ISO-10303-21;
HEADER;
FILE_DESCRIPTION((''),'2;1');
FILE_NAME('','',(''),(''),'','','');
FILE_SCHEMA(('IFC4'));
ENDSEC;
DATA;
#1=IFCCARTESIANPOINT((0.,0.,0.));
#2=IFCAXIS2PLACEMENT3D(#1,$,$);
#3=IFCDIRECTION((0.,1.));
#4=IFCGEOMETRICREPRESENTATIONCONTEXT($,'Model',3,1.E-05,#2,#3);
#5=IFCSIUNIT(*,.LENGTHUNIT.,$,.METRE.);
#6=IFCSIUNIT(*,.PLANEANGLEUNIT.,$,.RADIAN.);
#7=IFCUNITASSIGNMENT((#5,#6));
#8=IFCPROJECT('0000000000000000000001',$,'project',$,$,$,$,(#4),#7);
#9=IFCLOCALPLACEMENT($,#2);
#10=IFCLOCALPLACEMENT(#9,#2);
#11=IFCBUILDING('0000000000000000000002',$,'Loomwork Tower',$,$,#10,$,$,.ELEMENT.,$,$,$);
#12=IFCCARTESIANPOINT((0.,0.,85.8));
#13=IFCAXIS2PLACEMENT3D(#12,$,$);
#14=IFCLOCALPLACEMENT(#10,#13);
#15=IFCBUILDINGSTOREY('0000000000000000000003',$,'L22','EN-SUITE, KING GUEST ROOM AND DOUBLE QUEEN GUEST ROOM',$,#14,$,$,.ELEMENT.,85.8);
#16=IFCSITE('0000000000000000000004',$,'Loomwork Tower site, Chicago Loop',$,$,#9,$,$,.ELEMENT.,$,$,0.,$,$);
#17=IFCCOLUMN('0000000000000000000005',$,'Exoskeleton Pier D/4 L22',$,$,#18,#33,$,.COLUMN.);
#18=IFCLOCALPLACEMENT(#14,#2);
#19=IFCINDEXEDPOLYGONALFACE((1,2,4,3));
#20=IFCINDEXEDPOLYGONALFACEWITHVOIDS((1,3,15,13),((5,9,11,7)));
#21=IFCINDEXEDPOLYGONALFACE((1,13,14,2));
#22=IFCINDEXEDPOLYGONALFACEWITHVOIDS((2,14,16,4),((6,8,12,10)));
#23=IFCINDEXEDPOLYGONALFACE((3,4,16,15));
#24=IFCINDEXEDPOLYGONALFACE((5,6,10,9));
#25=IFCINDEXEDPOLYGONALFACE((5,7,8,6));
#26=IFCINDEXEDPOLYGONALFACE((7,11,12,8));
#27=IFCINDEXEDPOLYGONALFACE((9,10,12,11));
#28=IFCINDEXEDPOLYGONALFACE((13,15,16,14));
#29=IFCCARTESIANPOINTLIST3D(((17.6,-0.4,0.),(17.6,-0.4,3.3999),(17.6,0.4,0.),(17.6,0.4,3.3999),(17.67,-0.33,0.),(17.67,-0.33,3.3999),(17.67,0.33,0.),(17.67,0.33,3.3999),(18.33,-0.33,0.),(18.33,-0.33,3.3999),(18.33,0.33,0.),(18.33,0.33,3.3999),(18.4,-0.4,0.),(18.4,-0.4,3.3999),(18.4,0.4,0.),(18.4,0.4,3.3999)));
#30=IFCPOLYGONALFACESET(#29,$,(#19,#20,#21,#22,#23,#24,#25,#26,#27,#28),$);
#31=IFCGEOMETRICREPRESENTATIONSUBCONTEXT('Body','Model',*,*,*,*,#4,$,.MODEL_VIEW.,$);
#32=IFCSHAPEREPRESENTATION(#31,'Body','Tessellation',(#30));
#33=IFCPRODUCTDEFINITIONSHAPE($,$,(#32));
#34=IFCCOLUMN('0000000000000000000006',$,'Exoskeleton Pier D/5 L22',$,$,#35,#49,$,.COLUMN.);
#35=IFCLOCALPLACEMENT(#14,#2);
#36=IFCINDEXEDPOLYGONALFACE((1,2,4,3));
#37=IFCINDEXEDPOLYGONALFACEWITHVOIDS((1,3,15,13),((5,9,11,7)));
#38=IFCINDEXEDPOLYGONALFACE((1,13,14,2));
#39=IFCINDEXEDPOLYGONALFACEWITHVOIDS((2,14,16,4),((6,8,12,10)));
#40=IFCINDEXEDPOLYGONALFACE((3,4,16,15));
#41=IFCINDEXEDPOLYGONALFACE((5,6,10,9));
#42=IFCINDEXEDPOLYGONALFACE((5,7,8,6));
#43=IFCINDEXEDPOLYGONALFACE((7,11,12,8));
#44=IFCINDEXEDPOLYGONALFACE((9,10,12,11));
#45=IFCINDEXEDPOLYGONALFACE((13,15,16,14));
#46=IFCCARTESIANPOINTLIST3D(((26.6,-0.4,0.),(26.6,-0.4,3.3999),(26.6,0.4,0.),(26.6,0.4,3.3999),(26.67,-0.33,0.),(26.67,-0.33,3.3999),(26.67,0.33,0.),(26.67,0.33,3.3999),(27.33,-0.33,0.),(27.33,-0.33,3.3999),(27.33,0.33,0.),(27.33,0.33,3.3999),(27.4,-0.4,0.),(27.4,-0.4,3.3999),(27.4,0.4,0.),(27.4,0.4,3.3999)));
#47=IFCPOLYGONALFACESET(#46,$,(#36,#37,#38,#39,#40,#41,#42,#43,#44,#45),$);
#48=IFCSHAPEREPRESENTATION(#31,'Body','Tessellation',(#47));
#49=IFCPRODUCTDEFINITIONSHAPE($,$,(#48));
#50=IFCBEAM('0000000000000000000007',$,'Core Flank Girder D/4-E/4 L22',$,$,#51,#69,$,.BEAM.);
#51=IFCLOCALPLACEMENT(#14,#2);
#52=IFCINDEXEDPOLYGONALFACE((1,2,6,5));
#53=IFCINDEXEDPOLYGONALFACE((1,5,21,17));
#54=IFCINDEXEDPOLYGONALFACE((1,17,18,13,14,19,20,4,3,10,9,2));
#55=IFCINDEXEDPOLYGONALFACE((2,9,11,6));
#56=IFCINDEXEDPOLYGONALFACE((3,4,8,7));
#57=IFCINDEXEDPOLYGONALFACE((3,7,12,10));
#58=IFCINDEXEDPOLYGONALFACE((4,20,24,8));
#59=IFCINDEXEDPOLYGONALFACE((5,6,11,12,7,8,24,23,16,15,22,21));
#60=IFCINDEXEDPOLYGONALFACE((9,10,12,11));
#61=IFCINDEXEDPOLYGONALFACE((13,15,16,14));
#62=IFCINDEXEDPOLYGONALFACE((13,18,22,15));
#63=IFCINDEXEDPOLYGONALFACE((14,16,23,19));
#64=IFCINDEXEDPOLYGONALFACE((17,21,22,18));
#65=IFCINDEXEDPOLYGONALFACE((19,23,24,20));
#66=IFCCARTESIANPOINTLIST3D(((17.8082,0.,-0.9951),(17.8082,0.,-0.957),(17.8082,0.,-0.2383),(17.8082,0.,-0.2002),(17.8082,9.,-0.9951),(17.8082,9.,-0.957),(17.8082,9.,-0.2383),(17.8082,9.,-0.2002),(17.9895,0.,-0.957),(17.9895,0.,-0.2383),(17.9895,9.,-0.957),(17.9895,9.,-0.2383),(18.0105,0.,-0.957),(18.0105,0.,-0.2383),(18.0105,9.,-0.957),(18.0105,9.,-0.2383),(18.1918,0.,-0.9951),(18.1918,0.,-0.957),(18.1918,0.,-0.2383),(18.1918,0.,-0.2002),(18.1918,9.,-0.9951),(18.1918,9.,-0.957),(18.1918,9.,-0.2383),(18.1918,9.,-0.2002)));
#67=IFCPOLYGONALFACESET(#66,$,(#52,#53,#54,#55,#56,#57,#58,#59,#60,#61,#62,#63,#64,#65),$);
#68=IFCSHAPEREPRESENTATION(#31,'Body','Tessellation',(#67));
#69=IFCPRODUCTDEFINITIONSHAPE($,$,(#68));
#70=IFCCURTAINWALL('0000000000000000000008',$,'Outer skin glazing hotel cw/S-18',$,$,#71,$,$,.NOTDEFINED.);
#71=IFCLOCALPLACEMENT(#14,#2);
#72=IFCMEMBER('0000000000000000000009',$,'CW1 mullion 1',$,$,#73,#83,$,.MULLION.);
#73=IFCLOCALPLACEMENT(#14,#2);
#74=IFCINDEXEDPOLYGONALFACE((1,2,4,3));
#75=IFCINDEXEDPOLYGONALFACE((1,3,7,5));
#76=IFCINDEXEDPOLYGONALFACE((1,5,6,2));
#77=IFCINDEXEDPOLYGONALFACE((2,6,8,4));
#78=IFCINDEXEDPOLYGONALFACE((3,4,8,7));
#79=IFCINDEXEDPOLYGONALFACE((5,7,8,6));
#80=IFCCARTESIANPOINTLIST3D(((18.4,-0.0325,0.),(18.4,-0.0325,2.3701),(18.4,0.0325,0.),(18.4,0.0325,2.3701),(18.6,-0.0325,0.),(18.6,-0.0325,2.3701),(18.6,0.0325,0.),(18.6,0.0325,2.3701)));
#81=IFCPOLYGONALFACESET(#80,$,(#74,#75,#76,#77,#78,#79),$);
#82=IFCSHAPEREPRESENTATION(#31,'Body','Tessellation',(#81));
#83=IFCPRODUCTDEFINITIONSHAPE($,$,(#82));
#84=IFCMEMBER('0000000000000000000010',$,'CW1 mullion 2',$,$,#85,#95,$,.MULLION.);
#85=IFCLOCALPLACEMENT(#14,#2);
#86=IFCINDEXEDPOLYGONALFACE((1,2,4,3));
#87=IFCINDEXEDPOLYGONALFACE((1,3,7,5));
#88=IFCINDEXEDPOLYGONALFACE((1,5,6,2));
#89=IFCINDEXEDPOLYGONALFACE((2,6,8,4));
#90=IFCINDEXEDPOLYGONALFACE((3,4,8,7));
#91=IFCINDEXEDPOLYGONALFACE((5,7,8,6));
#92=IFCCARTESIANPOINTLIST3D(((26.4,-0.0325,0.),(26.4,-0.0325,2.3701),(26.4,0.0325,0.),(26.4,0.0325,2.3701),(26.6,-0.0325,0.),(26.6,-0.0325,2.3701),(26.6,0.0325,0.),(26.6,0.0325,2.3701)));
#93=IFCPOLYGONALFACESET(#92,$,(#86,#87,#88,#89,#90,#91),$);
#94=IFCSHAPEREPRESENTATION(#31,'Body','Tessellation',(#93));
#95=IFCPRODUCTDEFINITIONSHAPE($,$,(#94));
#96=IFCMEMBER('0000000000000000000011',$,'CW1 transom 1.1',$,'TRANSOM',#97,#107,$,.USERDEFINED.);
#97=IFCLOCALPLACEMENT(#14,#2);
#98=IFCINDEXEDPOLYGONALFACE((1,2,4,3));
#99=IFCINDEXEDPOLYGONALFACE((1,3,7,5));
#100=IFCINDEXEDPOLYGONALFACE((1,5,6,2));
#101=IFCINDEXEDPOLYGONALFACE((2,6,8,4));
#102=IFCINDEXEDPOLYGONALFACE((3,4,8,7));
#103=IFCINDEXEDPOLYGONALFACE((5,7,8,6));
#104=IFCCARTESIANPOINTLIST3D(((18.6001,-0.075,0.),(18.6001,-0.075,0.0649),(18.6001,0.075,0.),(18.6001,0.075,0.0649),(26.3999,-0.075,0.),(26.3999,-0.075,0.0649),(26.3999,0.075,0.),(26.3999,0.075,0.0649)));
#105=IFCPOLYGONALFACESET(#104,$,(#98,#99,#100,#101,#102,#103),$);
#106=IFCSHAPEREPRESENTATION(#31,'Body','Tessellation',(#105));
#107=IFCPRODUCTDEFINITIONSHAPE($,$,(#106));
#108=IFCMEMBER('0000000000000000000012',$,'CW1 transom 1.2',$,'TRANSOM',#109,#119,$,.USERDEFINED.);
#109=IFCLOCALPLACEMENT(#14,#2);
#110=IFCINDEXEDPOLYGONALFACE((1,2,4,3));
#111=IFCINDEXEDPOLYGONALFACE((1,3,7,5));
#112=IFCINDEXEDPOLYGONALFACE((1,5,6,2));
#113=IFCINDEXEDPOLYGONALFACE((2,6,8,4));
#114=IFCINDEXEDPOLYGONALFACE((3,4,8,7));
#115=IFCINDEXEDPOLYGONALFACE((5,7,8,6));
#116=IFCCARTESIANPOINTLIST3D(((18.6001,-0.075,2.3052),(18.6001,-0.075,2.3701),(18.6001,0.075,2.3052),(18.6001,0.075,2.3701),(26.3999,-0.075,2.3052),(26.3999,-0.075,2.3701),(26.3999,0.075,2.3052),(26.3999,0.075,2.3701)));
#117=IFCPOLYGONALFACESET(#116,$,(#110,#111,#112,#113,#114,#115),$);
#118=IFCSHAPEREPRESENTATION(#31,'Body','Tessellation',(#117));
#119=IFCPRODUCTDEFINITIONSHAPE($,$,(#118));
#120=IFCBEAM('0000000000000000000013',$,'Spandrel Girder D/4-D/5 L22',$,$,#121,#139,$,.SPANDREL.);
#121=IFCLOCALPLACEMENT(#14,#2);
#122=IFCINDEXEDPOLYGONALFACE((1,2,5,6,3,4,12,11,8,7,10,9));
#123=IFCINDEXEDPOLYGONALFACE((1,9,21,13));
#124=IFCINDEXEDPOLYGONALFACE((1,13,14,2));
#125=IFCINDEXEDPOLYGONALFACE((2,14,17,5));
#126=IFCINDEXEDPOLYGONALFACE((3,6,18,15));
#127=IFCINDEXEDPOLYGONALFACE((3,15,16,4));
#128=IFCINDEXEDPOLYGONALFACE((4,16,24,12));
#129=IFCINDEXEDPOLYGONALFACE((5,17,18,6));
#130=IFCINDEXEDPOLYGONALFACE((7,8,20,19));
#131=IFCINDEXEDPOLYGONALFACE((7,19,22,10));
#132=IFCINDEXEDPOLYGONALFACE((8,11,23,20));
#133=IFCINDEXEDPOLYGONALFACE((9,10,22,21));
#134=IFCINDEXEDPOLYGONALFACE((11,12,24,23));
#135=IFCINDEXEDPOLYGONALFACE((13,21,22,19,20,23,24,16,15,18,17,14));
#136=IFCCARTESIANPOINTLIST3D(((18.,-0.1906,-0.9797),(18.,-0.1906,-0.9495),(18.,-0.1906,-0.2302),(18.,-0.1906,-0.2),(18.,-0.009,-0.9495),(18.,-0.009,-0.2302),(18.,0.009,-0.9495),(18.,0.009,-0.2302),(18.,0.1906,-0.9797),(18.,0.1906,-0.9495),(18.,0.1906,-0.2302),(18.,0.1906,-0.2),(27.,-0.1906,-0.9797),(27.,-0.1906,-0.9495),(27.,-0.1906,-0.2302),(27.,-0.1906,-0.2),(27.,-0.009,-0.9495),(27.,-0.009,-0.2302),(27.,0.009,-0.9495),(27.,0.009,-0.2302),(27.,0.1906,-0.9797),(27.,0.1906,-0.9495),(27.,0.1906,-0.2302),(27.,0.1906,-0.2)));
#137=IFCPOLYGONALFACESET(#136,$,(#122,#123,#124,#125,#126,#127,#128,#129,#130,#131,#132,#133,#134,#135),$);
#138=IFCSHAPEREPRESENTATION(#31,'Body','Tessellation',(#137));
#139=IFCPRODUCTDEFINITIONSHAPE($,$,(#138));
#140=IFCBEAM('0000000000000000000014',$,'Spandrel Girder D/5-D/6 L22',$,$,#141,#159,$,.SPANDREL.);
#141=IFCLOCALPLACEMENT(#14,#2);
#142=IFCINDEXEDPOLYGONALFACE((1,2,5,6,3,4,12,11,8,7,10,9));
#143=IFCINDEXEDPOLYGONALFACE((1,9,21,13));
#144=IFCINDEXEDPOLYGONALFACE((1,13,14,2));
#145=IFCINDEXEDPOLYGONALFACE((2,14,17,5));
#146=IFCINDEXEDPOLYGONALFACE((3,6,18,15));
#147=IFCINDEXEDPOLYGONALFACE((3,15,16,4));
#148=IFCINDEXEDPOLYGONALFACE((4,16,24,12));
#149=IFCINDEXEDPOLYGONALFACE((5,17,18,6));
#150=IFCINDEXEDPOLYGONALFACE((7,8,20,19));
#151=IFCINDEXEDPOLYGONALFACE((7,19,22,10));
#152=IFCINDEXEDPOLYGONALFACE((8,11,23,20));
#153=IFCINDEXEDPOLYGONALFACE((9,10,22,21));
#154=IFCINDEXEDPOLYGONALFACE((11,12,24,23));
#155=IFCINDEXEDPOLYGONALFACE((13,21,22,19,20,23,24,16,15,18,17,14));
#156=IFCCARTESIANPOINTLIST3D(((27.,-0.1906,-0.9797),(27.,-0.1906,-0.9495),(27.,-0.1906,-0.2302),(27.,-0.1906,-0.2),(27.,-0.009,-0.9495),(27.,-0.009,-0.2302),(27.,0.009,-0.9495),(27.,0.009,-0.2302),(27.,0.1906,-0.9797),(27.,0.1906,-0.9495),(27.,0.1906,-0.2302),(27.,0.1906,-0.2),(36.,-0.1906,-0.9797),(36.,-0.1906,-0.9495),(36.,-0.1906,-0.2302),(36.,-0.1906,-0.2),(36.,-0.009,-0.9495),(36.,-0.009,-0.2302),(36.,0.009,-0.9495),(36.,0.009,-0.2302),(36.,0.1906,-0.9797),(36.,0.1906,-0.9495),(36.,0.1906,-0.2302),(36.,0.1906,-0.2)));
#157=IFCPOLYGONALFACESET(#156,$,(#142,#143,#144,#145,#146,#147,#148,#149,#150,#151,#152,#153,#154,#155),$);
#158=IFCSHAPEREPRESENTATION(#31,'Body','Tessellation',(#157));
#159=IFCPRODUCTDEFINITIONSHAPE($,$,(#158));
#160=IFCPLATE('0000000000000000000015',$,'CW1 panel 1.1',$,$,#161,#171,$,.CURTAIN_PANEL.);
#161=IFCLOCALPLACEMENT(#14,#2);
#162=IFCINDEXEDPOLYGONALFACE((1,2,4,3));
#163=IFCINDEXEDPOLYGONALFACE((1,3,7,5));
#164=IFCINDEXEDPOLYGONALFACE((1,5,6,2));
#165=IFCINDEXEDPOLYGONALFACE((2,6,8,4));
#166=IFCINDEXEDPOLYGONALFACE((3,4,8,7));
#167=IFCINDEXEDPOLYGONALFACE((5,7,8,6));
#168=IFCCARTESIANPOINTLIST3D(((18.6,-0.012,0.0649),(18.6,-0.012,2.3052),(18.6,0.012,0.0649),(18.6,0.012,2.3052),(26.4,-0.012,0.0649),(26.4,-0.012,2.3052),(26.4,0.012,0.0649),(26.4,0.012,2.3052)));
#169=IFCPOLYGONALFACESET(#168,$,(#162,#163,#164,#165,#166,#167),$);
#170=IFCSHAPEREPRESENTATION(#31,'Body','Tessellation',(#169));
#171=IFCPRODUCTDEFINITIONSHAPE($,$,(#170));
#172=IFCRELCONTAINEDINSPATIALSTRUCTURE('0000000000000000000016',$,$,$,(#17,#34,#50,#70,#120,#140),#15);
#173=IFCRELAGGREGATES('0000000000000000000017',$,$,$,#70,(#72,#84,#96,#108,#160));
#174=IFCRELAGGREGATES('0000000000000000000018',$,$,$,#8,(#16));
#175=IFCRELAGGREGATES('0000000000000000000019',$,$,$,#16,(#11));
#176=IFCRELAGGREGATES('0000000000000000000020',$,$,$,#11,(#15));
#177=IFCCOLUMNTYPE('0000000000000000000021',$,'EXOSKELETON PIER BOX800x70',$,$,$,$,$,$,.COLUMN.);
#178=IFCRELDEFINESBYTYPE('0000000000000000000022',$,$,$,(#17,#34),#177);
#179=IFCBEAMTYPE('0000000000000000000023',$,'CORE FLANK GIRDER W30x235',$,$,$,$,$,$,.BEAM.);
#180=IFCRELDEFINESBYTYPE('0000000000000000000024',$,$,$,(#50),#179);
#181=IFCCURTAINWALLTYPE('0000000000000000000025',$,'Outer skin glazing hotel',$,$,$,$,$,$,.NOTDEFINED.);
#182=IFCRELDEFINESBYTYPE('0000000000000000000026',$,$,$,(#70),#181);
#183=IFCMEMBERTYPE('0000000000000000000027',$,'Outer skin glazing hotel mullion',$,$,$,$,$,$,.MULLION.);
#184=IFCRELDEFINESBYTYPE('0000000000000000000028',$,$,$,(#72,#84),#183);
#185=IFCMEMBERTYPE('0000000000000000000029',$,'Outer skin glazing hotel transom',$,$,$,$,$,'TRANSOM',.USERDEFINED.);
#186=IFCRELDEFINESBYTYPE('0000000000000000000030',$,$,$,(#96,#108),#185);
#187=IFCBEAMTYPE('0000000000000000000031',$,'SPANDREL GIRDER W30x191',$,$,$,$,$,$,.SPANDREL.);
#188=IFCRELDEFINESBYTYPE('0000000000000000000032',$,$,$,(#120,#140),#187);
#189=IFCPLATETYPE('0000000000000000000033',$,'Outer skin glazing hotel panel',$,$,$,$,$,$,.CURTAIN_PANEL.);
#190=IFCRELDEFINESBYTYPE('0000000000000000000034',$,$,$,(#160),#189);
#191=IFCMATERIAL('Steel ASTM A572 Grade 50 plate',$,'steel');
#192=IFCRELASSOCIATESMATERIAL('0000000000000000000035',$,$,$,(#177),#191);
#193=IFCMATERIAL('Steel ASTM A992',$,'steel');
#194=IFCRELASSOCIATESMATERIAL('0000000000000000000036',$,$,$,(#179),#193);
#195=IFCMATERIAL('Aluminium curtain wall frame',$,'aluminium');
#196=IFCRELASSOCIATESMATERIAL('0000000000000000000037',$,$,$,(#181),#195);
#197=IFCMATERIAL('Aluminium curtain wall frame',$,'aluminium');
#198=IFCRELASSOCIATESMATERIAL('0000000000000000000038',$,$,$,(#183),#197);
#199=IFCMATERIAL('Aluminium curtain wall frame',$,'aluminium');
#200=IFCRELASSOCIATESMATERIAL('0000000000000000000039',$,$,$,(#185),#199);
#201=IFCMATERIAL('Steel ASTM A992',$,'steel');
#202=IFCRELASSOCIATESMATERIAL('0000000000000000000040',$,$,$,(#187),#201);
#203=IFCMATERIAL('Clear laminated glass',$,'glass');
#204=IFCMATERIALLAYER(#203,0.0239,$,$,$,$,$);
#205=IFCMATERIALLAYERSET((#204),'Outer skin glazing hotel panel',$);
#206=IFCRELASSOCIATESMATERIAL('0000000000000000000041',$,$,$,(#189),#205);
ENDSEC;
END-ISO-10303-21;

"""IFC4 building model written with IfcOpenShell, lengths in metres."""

from ifc_helpers import new_model, si_unit, direction, frame, origin, origin_2d, place, context, subcontext, project, spatial, rectangle, hollow_rectangle, i_section, extrude, material, layer, layer_set, material_profile, profile_set, type_object, element, aggregate, save


model = new_model("IFC4")

# Units and contexts
model_context = context("Model", 3, precision=1e-05, world=origin(), true_north=direction((0.0, 1.0)))
body_context = subcontext(model_context, "Body", "Model", "MODEL_VIEW")
ifc_project = project(units=[si_unit("LENGTHUNIT", "METRE"), si_unit("PLANEANGLEUNIT", "RADIAN")], contexts=[model_context])

# Site, building, storey
site_placement = place(None, origin())
site = spatial("IfcSite", under=ifc_project, at=site_placement, Name="Loomwork Tower site, Chicago Loop", CompositionType="ELEMENT", RefElevation=0.0)
building_placement = place(site_placement, origin())
building = spatial("IfcBuilding", under=site, at=building_placement, Name="Loomwork Tower", CompositionType="ELEMENT")
storey_placement = place(building_placement, frame((0.0, 0.0, 85.8)))
storey = spatial("IfcBuildingStorey", under=building, at=storey_placement, Name="L22", Description="EN-SUITE, KING GUEST ROOM AND DOUBLE QUEEN GUEST ROOM", CompositionType="ELEMENT", Elevation=85.8)

# Columns
ifc_material_1 = material(Name="Steel ASTM A572 Grade 50 plate", Category="steel")
ifc_material_profile_1 = material_profile(ifc_material_1, hollow_rectangle(XDim=0.8, YDim=0.8, WallThickness=0.0701, at=origin_2d()), Name="BOX800x70")
ifc_profile_set_1 = profile_set([ifc_material_profile_1], Name="Steel ASTM A572 Grade 50 plate")
column_type = type_object("IfcColumnType", Name="EXOSKELETON PIER BOX800x70", PredefinedType="COLUMN", material=ifc_profile_set_1)
for number, where, z_axis, x_axis, name in (
    (1, (18.0, 0.0, 0.0), (0.0, 0.0, 1.0), (1.0, 0.0, 0.0), "Exoskeleton Pier D/4 L22"),
    (2, (27.0, 0.0, 0.0), (0.0, 0.0, 1.0), (1.0, 0.0, 0.0), "Exoskeleton Pier D/5 L22"),
):
    element("IfcColumn", number, at=place(storey_placement, frame(where, z_axis=z_axis, x_axis=x_axis)), inside=storey, type_object=column_type, Name=name, PredefinedType="COLUMN", context=body_context, shape_type="SweptSolid", body=[
        extrude(hollow_rectangle(XDim=0.8, YDim=0.8, WallThickness=0.0701, at=origin_2d()), origin(), (0.0, 0.0, 1.0), 3.3999),
    ])

# Beam
ifc_material_2 = material(Name="Steel ASTM A992", Category="steel")
ifc_material_profile_2 = material_profile(ifc_material_2, i_section(OverallWidth=0.3835, OverallDepth=0.7949, WebThickness=0.021, FlangeThickness=0.0381, at=origin_2d()), Name="W30x235")
ifc_profile_set_2 = profile_set([ifc_material_profile_2], Name="Steel ASTM A992")
beam_type_1 = type_object("IfcBeamType", Name="CORE FLANK GIRDER W30x235", PredefinedType="BEAM", material=ifc_profile_set_2)
beam_placement = place(storey_placement, frame((18.0, 0.0, -0.5977), z_axis=(0.0, 1.0, 0.0), x_axis=(-1.0, 0.0, 0.0)))
element("IfcBeam", 3, at=beam_placement, inside=storey, type_object=beam_type_1, Name="Core Flank Girder D/4-E/4 L22", PredefinedType="BEAM", context=body_context, shape_type="SweptSolid", body=[
    extrude(i_section(OverallWidth=0.3835, OverallDepth=0.7949, WebThickness=0.021, FlangeThickness=0.0381, at=origin_2d()), origin(), (0.0, 0.0, 1.0), 9.0),
])

# Curtain wall, members
ifc_material_3 = material(Name="Aluminium curtain wall frame", Category="aluminium")
curtain_wall_type = type_object("IfcCurtainWallType", Name="Outer skin glazing hotel", PredefinedType="NOTDEFINED", material=ifc_material_3)
curtain_wall_placement = place(storey_placement, origin())
curtain_wall = element("IfcCurtainWall", 4, at=curtain_wall_placement, inside=storey, type_object=curtain_wall_type, Name="Outer skin glazing hotel cw/S-18", PredefinedType="NOTDEFINED")
ifc_material_4 = material(Name="Aluminium curtain wall frame", Category="aluminium")
ifc_material_profile_3 = material_profile(ifc_material_4, rectangle(XDim=0.0649, YDim=0.2, at=origin_2d()), Name="AL 65x200")
ifc_profile_set_3 = profile_set([ifc_material_profile_3], Name="Aluminium curtain wall frame")
member_type_1 = type_object("IfcMemberType", Name="Outer skin glazing hotel mullion", PredefinedType="MULLION", material=ifc_profile_set_3)
member_1_placement = place(storey_placement, frame((18.5, 0.0, 0.0), z_axis=(0.0, 0.0, 1.0), x_axis=(0.0, 1.0, 0.0)))
member_1 = element("IfcMember", 5, at=member_1_placement, type_object=member_type_1, Name="CW1 mullion 1", PredefinedType="MULLION", context=body_context, shape_type="SweptSolid", body=[
    extrude(rectangle(XDim=0.0649, YDim=0.2, at=origin_2d()), origin(), (0.0, 0.0, 1.0), 2.3701),
])
member_2_placement = place(storey_placement, frame((26.5, 0.0, 0.0), z_axis=(0.0, 0.0, 1.0), x_axis=(0.0, 1.0, 0.0)))
member_2 = element("IfcMember", 6, at=member_2_placement, type_object=member_type_1, Name="CW1 mullion 2", PredefinedType="MULLION", context=body_context, shape_type="SweptSolid", body=[
    extrude(rectangle(XDim=0.0649, YDim=0.2, at=origin_2d()), origin(), (0.0, 0.0, 1.0), 2.3701),
])
ifc_material_5 = material(Name="Aluminium curtain wall frame", Category="aluminium")
ifc_material_profile_4 = material_profile(ifc_material_5, rectangle(XDim=0.1499, YDim=0.0649, at=origin_2d()), Name="AL 65x150")
ifc_profile_set_4 = profile_set([ifc_material_profile_4], Name="Aluminium curtain wall frame")
member_type_2 = type_object("IfcMemberType", Name="Outer skin glazing hotel transom", ElementType="TRANSOM", PredefinedType="USERDEFINED", material=ifc_profile_set_4)
member_3_placement = place(storey_placement, frame((18.6001, 0.0, 0.0325), z_axis=(1.0, 0.0, 0.0), x_axis=(0.0, 1.0, 0.0)))
member_3 = element("IfcMember", 7, at=member_3_placement, type_object=member_type_2, Name="CW1 transom 1.1", ObjectType="TRANSOM", PredefinedType="USERDEFINED", context=body_context, shape_type="SweptSolid", body=[
    extrude(rectangle(XDim=0.1499, YDim=0.0649, at=origin_2d()), origin(), (0.0, 0.0, 1.0), 7.7998),
])
member_4_placement = place(storey_placement, frame((18.6001, 0.0, 2.3376), z_axis=(1.0, 0.0, 0.0), x_axis=(0.0, 1.0, 0.0)))
member_4 = element("IfcMember", 8, at=member_4_placement, type_object=member_type_2, Name="CW1 transom 1.2", ObjectType="TRANSOM", PredefinedType="USERDEFINED", context=body_context, shape_type="SweptSolid", body=[
    extrude(rectangle(XDim=0.1499, YDim=0.0649, at=origin_2d()), origin(), (0.0, 0.0, 1.0), 7.7998),
])

# Beams
ifc_material_6 = material(Name="Steel ASTM A992", Category="steel")
ifc_material_profile_5 = material_profile(ifc_material_6, i_section(OverallWidth=0.3811, OverallDepth=0.7798, WebThickness=0.0181, FlangeThickness=0.0303, at=origin_2d()), Name="W30x191")
ifc_profile_set_5 = profile_set([ifc_material_profile_5], Name="Steel ASTM A992")
beam_type_2 = type_object("IfcBeamType", Name="SPANDREL GIRDER W30x191", PredefinedType="SPANDREL", material=ifc_profile_set_5)
for number, where, z_axis, x_axis, name in (
    (9, (18.0, 0.0, -0.5898), (1.0, 0.0, 0.0), (0.0, 1.0, 0.0), "Spandrel Girder D/4-D/5 L22"),
    (10, (27.0, 0.0, -0.5898), (1.0, 0.0, 0.0), (0.0, 1.0, 0.0), "Spandrel Girder D/5-D/6 L22"),
):
    element("IfcBeam", number, at=place(storey_placement, frame(where, z_axis=z_axis, x_axis=x_axis)), inside=storey, type_object=beam_type_2, Name=name, PredefinedType="SPANDREL", context=body_context, shape_type="SweptSolid", body=[
        extrude(i_section(OverallWidth=0.3811, OverallDepth=0.7798, WebThickness=0.0181, FlangeThickness=0.0303, at=origin_2d()), origin(), (0.0, 0.0, 1.0), 9.0),
    ])

# Plate
ifc_material_7 = material(Name="Clear laminated glass", Category="glass")
ifc_layer_1 = layer(ifc_material_7, 0.0239)
ifc_layer_set_1 = layer_set([ifc_layer_1], Name="Outer skin glazing hotel panel")
plate_type = type_object("IfcPlateType", Name="Outer skin glazing hotel panel", PredefinedType="CURTAIN_PANEL", material=ifc_layer_set_1)
plate_placement = place(storey_placement, frame((22.5, 0.0, 0.0649), z_axis=(0.0, 0.0, 1.0), x_axis=(1.0, 0.0, 0.0)))
plate = element("IfcPlate", 11, at=plate_placement, type_object=plate_type, Name="CW1 panel 1.1", PredefinedType="CURTAIN_PANEL", context=body_context, shape_type="SweptSolid", body=[
    extrude(rectangle(XDim=7.8, YDim=0.0239, at=origin_2d()), origin(), (0.0, 0.0, 1.0), 2.2402),
])
aggregate(curtain_wall, [member_1, member_2, member_3, member_4, plate])

save(model, "model.ifc")
